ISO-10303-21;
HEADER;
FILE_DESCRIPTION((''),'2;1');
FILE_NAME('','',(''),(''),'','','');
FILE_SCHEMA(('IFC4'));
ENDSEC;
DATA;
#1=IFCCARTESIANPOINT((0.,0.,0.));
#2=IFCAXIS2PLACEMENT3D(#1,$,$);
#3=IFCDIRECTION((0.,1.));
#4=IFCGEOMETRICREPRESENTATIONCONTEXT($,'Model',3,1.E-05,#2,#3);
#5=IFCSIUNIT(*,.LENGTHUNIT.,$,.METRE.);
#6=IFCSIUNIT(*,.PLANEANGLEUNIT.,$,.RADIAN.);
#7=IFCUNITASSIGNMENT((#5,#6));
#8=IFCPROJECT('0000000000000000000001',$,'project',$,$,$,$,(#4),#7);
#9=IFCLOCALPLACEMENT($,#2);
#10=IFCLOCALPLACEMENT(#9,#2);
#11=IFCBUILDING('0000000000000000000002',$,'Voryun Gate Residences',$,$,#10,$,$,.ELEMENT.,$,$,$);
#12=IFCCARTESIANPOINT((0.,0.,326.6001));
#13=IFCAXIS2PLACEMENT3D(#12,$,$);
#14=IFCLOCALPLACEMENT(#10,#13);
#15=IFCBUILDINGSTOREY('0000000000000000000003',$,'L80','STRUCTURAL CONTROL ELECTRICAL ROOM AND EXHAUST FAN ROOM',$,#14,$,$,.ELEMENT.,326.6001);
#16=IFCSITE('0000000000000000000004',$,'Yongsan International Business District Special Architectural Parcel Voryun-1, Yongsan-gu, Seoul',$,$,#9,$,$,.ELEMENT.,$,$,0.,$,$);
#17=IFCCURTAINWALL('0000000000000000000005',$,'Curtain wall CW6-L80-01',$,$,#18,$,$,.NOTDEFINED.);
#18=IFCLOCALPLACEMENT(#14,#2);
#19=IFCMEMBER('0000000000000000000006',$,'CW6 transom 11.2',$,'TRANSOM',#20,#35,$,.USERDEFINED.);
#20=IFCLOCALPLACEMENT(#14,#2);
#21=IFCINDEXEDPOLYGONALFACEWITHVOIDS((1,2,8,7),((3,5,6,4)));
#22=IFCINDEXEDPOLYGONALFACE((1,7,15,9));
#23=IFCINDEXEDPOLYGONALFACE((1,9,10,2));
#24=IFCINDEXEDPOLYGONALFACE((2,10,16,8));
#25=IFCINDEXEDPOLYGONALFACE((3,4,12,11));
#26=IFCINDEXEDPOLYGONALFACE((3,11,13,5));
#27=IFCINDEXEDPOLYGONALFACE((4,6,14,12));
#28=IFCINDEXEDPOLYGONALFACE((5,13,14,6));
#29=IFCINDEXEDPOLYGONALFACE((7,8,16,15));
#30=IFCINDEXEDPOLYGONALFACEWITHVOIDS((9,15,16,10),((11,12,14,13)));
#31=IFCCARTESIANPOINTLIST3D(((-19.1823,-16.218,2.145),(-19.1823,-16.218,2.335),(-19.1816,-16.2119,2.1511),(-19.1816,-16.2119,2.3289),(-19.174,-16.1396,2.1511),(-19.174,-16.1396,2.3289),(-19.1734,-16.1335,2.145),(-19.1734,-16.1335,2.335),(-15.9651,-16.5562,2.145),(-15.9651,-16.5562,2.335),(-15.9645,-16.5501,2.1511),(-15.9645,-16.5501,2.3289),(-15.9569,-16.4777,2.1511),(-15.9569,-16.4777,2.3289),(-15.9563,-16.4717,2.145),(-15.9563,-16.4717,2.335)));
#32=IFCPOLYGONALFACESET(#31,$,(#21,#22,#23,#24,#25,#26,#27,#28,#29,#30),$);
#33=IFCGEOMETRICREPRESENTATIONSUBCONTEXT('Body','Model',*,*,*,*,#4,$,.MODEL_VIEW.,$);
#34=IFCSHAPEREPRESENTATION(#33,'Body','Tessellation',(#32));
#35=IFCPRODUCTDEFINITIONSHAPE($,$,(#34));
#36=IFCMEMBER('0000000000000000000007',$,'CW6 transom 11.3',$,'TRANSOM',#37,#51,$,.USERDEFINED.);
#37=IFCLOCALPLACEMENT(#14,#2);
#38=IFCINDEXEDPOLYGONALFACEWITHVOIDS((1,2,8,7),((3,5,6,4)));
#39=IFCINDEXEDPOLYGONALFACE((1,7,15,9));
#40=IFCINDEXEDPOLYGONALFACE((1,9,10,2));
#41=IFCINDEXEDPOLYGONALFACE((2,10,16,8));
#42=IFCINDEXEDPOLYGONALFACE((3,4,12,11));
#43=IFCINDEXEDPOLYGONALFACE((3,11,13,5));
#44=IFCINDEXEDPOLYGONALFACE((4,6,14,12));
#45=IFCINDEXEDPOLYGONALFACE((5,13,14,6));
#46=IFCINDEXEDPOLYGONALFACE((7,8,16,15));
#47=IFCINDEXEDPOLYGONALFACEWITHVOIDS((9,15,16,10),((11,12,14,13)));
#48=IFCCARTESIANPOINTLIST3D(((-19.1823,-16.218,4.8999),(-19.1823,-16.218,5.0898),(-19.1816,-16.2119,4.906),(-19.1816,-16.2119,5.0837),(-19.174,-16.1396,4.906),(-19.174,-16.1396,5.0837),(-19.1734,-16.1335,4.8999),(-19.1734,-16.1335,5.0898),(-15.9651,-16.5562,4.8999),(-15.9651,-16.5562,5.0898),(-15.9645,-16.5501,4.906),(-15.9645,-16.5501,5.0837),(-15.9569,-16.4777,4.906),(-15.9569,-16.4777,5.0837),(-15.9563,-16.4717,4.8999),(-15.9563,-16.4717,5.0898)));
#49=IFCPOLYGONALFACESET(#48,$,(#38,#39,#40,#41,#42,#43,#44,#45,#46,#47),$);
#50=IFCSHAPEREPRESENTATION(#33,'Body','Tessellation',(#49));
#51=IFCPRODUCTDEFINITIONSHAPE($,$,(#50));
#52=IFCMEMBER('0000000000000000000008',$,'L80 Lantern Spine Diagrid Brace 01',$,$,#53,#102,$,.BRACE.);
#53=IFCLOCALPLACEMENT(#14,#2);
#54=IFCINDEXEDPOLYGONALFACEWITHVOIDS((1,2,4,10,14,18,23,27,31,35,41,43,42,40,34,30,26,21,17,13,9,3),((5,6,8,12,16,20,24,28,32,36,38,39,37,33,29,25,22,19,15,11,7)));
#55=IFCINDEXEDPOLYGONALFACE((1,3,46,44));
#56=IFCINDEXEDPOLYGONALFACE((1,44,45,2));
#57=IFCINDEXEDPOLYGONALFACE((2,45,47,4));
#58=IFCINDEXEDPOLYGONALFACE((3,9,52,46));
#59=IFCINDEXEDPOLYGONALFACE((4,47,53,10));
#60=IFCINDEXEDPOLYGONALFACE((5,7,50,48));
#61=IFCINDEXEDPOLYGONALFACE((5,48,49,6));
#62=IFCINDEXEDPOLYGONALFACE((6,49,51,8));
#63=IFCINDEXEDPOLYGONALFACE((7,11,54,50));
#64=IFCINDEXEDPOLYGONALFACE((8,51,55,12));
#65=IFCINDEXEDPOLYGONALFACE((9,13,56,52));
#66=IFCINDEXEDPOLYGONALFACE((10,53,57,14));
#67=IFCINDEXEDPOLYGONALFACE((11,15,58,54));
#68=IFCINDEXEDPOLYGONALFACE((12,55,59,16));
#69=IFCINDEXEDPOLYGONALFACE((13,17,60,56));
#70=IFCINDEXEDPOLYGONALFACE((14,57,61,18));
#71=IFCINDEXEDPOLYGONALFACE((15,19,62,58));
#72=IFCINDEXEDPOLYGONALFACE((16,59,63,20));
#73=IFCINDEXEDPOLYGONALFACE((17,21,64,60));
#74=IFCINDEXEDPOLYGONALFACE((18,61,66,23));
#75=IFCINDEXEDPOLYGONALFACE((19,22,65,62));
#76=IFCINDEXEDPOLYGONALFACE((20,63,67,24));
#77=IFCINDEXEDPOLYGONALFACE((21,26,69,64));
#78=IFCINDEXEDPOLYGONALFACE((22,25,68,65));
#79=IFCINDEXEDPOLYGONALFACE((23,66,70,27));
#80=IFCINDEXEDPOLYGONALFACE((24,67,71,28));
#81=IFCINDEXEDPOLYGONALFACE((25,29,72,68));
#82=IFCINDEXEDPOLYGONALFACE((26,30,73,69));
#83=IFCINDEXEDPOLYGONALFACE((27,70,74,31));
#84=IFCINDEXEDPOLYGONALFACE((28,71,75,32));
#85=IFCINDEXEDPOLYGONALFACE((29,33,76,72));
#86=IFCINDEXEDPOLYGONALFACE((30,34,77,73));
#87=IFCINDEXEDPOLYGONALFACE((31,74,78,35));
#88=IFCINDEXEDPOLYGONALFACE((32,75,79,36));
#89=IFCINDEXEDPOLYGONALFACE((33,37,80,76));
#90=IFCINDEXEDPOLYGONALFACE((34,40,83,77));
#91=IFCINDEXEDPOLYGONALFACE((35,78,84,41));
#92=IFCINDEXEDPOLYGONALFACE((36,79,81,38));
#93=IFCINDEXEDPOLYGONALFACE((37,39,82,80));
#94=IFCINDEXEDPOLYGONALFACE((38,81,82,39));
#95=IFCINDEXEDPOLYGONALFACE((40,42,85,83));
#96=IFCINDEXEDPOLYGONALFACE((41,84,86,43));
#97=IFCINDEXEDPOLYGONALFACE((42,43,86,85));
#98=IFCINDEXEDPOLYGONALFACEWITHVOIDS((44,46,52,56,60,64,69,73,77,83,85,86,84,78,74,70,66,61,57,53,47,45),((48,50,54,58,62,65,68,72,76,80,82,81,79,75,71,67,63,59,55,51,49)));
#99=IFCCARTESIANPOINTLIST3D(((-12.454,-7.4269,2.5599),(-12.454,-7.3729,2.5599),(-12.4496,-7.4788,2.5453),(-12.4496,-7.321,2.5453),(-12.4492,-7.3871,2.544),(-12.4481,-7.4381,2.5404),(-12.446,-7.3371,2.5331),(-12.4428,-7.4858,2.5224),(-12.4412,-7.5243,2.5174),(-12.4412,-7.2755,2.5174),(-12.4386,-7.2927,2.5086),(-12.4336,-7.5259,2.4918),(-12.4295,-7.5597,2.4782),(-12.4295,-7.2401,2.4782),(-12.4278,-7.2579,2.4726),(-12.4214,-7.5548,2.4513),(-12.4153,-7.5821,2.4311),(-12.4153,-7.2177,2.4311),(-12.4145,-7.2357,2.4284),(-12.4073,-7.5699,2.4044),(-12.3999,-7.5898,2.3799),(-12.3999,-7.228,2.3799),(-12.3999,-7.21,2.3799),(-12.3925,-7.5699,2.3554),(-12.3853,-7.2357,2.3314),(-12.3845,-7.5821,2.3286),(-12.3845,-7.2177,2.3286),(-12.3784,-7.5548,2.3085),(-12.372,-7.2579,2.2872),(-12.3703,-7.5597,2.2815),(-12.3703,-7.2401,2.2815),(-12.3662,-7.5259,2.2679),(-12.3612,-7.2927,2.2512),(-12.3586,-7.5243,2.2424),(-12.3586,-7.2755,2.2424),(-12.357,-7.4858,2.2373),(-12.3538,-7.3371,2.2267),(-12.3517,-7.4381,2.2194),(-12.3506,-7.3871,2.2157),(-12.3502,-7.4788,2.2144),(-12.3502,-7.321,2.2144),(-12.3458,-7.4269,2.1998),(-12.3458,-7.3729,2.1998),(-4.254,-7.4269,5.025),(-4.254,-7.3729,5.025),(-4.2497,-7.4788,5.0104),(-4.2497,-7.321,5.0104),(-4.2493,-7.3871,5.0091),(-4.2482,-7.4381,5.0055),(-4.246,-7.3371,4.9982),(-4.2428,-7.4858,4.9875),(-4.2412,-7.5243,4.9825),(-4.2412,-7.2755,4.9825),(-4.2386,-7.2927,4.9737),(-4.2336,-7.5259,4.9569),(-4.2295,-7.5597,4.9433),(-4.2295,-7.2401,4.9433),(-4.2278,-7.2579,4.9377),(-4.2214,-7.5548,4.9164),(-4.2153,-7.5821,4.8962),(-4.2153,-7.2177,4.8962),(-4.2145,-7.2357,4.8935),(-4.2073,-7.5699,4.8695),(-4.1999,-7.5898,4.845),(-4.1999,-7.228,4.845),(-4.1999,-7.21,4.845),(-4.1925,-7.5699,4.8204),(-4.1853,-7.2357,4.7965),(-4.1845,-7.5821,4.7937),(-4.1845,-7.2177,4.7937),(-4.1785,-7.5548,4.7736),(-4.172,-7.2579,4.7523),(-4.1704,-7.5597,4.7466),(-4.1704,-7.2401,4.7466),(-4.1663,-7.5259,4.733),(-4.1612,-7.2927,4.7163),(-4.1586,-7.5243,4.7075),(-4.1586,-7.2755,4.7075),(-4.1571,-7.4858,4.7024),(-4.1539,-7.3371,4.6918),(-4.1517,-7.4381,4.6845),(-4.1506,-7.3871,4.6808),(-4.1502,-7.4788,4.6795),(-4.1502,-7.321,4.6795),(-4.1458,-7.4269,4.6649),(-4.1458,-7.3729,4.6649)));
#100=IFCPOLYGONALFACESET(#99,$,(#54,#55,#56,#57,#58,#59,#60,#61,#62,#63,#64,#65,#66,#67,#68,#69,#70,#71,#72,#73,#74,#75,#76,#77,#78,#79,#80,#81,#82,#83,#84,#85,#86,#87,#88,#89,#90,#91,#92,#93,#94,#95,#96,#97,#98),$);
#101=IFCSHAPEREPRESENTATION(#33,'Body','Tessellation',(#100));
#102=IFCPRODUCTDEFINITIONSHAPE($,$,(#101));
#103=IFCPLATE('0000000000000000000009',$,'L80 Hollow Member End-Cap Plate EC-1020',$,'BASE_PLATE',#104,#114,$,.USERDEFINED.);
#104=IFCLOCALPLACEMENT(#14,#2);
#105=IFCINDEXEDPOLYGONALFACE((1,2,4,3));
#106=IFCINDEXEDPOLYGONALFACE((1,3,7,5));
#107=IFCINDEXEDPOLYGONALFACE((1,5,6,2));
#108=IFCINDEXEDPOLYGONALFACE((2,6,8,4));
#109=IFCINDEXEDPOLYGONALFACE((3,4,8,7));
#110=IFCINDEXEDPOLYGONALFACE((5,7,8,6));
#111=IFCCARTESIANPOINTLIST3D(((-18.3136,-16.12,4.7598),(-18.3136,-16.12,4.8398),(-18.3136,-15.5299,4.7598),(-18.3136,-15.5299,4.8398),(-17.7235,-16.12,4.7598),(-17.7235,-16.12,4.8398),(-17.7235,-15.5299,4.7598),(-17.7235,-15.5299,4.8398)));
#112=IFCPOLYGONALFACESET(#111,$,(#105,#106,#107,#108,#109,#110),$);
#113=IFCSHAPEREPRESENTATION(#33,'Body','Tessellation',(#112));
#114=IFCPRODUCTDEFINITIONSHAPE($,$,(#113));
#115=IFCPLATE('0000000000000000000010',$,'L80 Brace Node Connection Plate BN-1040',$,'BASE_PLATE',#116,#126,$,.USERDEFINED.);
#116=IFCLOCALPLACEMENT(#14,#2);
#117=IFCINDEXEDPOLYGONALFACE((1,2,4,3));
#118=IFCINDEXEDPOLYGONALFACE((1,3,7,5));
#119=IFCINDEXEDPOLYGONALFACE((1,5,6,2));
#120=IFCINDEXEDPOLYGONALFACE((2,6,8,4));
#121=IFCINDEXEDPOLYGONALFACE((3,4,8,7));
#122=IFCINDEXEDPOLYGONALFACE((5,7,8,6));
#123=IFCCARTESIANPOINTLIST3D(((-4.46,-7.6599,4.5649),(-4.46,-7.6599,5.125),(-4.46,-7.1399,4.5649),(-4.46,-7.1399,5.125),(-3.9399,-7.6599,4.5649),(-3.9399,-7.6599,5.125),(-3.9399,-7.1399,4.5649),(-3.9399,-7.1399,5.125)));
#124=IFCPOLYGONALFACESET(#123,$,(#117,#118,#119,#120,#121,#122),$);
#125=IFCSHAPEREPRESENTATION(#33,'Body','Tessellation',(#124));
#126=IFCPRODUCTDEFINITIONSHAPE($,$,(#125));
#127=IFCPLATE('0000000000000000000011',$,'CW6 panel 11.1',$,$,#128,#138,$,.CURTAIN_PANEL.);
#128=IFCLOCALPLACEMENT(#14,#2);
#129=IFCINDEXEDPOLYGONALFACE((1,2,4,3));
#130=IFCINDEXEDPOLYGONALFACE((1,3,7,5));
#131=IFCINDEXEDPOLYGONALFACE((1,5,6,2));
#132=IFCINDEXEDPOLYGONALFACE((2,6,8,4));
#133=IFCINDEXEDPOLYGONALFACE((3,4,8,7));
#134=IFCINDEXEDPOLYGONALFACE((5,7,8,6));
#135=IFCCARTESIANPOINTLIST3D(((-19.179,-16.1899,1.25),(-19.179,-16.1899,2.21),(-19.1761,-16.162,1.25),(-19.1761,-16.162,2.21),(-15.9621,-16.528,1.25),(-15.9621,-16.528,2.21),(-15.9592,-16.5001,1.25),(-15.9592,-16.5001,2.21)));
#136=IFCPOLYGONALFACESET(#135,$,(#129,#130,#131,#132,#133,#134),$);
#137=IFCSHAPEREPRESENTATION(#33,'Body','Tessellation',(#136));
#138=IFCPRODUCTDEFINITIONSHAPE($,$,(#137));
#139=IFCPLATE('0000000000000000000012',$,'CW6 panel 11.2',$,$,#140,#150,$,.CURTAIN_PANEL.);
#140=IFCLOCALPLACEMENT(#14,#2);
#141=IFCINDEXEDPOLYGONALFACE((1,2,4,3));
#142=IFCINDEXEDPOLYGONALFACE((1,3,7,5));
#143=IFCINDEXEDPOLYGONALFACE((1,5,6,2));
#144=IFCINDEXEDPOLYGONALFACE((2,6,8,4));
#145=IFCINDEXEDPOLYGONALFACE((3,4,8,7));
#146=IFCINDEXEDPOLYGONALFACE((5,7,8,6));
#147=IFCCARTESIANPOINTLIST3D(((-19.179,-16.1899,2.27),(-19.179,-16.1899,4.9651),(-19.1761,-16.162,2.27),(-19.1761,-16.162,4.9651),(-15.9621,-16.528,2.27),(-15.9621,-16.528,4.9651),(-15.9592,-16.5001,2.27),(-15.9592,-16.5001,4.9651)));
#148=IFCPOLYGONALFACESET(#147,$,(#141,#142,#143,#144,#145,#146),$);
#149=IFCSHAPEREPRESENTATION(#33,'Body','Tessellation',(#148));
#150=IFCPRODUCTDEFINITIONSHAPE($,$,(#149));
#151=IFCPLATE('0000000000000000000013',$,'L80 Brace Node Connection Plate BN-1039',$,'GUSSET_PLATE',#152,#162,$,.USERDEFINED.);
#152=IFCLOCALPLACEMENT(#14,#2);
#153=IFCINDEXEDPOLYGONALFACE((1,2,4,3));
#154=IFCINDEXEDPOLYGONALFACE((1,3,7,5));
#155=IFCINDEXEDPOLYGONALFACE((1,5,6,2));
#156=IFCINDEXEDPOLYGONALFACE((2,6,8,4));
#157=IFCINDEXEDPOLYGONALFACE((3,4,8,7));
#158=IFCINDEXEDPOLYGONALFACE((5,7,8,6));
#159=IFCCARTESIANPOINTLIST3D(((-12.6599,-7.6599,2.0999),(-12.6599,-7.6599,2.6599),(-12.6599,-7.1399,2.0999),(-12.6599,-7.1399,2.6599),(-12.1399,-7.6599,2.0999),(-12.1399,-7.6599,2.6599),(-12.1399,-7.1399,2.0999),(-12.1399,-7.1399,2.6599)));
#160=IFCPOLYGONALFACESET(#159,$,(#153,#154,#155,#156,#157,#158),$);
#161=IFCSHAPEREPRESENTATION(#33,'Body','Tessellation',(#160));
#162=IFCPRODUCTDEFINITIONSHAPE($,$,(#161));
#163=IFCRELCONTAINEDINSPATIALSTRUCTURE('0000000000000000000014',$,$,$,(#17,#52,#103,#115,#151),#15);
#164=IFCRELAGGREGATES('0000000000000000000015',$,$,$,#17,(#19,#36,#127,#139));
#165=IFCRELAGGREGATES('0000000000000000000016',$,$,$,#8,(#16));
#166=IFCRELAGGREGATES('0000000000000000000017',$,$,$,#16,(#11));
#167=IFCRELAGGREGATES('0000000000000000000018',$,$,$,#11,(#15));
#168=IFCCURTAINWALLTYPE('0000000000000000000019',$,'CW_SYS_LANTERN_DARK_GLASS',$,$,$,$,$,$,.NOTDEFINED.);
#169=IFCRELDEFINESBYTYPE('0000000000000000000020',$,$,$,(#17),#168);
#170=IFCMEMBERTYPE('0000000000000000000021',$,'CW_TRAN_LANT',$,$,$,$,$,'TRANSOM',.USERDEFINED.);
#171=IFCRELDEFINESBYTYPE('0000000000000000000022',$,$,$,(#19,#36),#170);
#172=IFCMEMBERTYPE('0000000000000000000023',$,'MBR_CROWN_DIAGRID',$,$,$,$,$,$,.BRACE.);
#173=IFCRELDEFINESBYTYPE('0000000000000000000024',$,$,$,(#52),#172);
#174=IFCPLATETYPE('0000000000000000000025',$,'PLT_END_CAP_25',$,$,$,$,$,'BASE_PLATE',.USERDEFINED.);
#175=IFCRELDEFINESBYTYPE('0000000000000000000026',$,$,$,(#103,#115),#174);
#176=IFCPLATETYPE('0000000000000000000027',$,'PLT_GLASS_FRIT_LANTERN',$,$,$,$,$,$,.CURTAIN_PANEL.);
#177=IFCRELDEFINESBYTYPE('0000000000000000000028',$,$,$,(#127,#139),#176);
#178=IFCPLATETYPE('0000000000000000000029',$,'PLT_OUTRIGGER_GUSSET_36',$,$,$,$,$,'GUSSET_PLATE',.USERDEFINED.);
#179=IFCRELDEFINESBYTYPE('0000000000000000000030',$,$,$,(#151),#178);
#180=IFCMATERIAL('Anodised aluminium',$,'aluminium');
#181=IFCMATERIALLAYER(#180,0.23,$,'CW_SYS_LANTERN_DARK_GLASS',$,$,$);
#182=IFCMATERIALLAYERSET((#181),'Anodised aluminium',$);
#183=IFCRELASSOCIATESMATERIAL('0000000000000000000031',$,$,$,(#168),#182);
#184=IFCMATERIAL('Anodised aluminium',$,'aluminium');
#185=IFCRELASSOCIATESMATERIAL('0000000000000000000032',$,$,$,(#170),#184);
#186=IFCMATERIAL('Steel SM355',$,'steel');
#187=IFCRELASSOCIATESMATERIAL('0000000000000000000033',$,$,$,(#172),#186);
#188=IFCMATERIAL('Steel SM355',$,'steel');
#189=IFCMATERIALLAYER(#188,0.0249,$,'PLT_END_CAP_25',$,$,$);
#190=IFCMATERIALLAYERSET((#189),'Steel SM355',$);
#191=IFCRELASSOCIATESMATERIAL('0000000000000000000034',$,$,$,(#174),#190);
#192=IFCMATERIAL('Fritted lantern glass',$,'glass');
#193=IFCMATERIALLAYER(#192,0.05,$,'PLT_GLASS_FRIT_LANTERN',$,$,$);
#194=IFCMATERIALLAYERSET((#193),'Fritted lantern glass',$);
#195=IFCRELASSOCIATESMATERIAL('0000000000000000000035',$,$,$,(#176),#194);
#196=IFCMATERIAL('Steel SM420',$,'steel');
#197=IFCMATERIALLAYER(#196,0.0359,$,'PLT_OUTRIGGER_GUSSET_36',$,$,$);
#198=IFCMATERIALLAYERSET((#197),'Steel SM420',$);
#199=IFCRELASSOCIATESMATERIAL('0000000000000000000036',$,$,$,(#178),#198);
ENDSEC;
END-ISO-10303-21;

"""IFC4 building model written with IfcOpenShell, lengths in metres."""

from ifc_helpers import new_model, si_unit, direction, frame, origin, origin_2d, place, context, subcontext, project, spatial, rectangle, hollow_rectangle, hollow_circle, extrude, material, layer, layer_set, material_profile, profile_set, type_object, element, aggregate, save


model = new_model("IFC4")

# Units and contexts
model_context = context("Model", 3, precision=1e-05, world=origin(), true_north=direction((0.0, 1.0)))
body_context = subcontext(model_context, "Body", "Model", "MODEL_VIEW")
ifc_project = project(units=[si_unit("LENGTHUNIT", "METRE"), si_unit("PLANEANGLEUNIT", "RADIAN")], contexts=[model_context])

# Site, building, storey
site_placement = place(None, origin())
site = spatial("IfcSite", under=ifc_project, at=site_placement, Name="Yongsan International Business District Special Architectural Parcel Voryun-1, Yongsan-gu, Seoul", CompositionType="ELEMENT", RefElevation=0.0)
building_placement = place(site_placement, origin())
building = spatial("IfcBuilding", under=site, at=building_placement, Name="Voryun Gate Residences", CompositionType="ELEMENT")
storey_placement = place(building_placement, frame((0.0, 0.0, 326.6001)))
storey = spatial("IfcBuildingStorey", under=building, at=storey_placement, Name="L80", Description="STRUCTURAL CONTROL ELECTRICAL ROOM AND EXHAUST FAN ROOM", CompositionType="ELEMENT", Elevation=326.6001)

# Curtain wall, members
ifc_material_1 = material(Name="Anodised aluminium", Category="aluminium")
ifc_layer_1 = layer(ifc_material_1, 0.23, Name="CW_SYS_LANTERN_DARK_GLASS")
ifc_layer_set_1 = layer_set([ifc_layer_1], Name="Anodised aluminium")
curtain_wall_type = type_object("IfcCurtainWallType", Name="CW_SYS_LANTERN_DARK_GLASS", PredefinedType="NOTDEFINED", material=ifc_layer_set_1)
curtain_wall_placement = place(storey_placement, origin())
curtain_wall = element("IfcCurtainWall", 1, at=curtain_wall_placement, inside=storey, type_object=curtain_wall_type, Name="Curtain wall CW6-L80-01", PredefinedType="NOTDEFINED")
ifc_material_2 = material(Name="Anodised aluminium", Category="aluminium")
ifc_material_profile_1 = material_profile(ifc_material_2, hollow_rectangle(XDim=0.085, YDim=0.1899, WallThickness=0.0061, at=origin_2d()), Name="ALU-TRAN-190x85x6")
ifc_profile_set_1 = profile_set([ifc_material_profile_1], Name="Anodised aluminium")
member_type_1 = type_object("IfcMemberType", Name="CW_TRAN_LANT", ElementType="TRANSOM", PredefinedType="USERDEFINED", material=ifc_profile_set_1)
member_1_placement = place(storey_placement, frame((-15.9607, -16.5139, 2.24), z_axis=(-0.994522, 0.104532, 0.0), x_axis=(-0.104532, -0.994522, 0.0)))
member_1 = element("IfcMember", 2, at=member_1_placement, type_object=member_type_1, Name="CW6 transom 11.2", ObjectType="TRANSOM", PredefinedType="USERDEFINED", context=body_context, shape_type="SweptSolid", body=[
    extrude(hollow_rectangle(XDim=0.085, YDim=0.1899, WallThickness=0.0061, at=origin_2d()), origin(), (0.0, 0.0, 1.0), 3.2349),
])
member_2_placement = place(storey_placement, frame((-15.9607, -16.5139, 4.9949), z_axis=(-0.994522, 0.104532, 0.0), x_axis=(-0.104532, -0.994522, 0.0)))
member_2 = element("IfcMember", 3, at=member_2_placement, type_object=member_type_1, Name="CW6 transom 11.3", ObjectType="TRANSOM", PredefinedType="USERDEFINED", context=body_context, shape_type="SweptSolid", body=[
    extrude(hollow_rectangle(XDim=0.085, YDim=0.1899, WallThickness=0.0061, at=origin_2d()), origin(), (0.0, 0.0, 1.0), 3.2349),
])

# Member
ifc_material_3 = material(Name="Steel SM355", Category="steel")
ifc_material_profile_2 = material_profile(ifc_material_3, hollow_circle(Radius=0.1899, WallThickness=0.0181, at=origin_2d()), Name="CHS-380x18")
ifc_profile_set_2 = profile_set([ifc_material_profile_2], Name="Steel SM355")
member_type_2 = type_object("IfcMemberType", Name="MBR_CROWN_DIAGRID", PredefinedType="BRACE", material=ifc_profile_set_2)
member_3_placement = place(storey_placement, frame((-12.3999, -7.3999, 2.3799), z_axis=(0.957662, 0.0, 0.287895), x_axis=(0.0, 1.0, 0.0)))
element("IfcMember", 4, at=member_3_placement, inside=storey, type_object=member_type_2, Name="L80 Lantern Spine Diagrid Brace 01", PredefinedType="BRACE", context=body_context, shape_type="SweptSolid", body=[
    extrude(hollow_circle(Radius=0.1899, WallThickness=0.0181, at=origin_2d()), origin(), (0.0, 0.0, 1.0), 8.5625),
])

# Plates
ifc_material_4 = material(Name="Steel SM355", Category="steel")
ifc_layer_2 = layer(ifc_material_4, 0.0249, Name="PLT_END_CAP_25")
ifc_layer_set_2 = layer_set([ifc_layer_2], Name="Steel SM355")
plate_type_1 = type_object("IfcPlateType", Name="PLT_END_CAP_25", ElementType="BASE_PLATE", PredefinedType="USERDEFINED", material=ifc_layer_set_2)
plate_1_placement = place(storey_placement, frame((-18.0186, -15.825, 4.7598), z_axis=(0.0, 0.0, 1.0), x_axis=(1.0, 0.0, 0.0)))
element("IfcPlate", 5, at=plate_1_placement, inside=storey, type_object=plate_type_1, Name="L80 Hollow Member End-Cap Plate EC-1020", ObjectType="BASE_PLATE", PredefinedType="USERDEFINED", context=body_context, shape_type="SweptSolid", body=[
    extrude(rectangle(XDim=0.5901, YDim=0.5901, at=origin_2d()), origin(), (0.0, 0.0, 1.0), 0.0801),
])
plate_2_placement = place(storey_placement, frame((-4.2, -7.3999, 4.5649), z_axis=(0.0, 0.0, 1.0), x_axis=(1.0, 0.0, 0.0)))
element("IfcPlate", 6, at=plate_2_placement, inside=storey, type_object=plate_type_1, Name="L80 Brace Node Connection Plate BN-1040", ObjectType="BASE_PLATE", PredefinedType="USERDEFINED", context=body_context, shape_type="SweptSolid", body=[
    extrude(rectangle(XDim=0.52, YDim=0.52, at=origin_2d()), origin(), (0.0, 0.0, 1.0), 0.5601),
])

# Plates
ifc_material_5 = material(Name="Fritted lantern glass", Category="glass")
ifc_layer_3 = layer(ifc_material_5, 0.05, Name="PLT_GLASS_FRIT_LANTERN")
ifc_layer_set_3 = layer_set([ifc_layer_3], Name="Fritted lantern glass")
plate_type_2 = type_object("IfcPlateType", Name="PLT_GLASS_FRIT_LANTERN", PredefinedType="CURTAIN_PANEL", material=ifc_layer_set_3)
plate_3_placement = place(storey_placement, frame((-17.5691, -16.345, 1.25), z_axis=(0.0, 0.0, 1.0), x_axis=(-0.994522, 0.104528, 0.0)))
plate_3 = element("IfcPlate", 7, at=plate_3_placement, type_object=plate_type_2, Name="CW6 panel 11.1", PredefinedType="CURTAIN_PANEL", context=body_context, shape_type="SweptSolid", body=[
    extrude(rectangle(XDim=3.2346, YDim=0.0281, at=origin_2d()), origin(), (0.0, 0.0, 1.0), 0.96),
])
plate_4_placement = place(storey_placement, frame((-17.5691, -16.345, 2.27), z_axis=(0.0, 0.0, 1.0), x_axis=(-0.994522, 0.104528, 0.0)))
plate_4 = element("IfcPlate", 8, at=plate_4_placement, type_object=plate_type_2, Name="CW6 panel 11.2", PredefinedType="CURTAIN_PANEL", context=body_context, shape_type="SweptSolid", body=[
    extrude(rectangle(XDim=3.2346, YDim=0.0281, at=origin_2d()), origin(), (0.0, 0.0, 1.0), 2.6951),
])
aggregate(curtain_wall, [member_1, member_2, plate_3, plate_4])
ifc_material_6 = material(Name="Steel SM420", Category="steel")
ifc_layer_4 = layer(ifc_material_6, 0.0359, Name="PLT_OUTRIGGER_GUSSET_36")
ifc_layer_set_4 = layer_set([ifc_layer_4], Name="Steel SM420")
plate_type_3 = type_object("IfcPlateType", Name="PLT_OUTRIGGER_GUSSET_36", ElementType="GUSSET_PLATE", PredefinedType="USERDEFINED", material=ifc_layer_set_4)
plate_5_placement = place(storey_placement, frame((-12.3999, -7.3999, 2.0999), z_axis=(0.0, 0.0, 1.0), x_axis=(1.0, 0.0, 0.0)))
element("IfcPlate", 9, at=plate_5_placement, inside=storey, type_object=plate_type_3, Name="L80 Brace Node Connection Plate BN-1039", ObjectType="GUSSET_PLATE", PredefinedType="USERDEFINED", context=body_context, shape_type="SweptSolid", body=[
    extrude(rectangle(XDim=0.52, YDim=0.52, at=origin_2d()), origin(), (0.0, 0.0, 1.0), 0.5601),
])

save(model, "model.ifc")
